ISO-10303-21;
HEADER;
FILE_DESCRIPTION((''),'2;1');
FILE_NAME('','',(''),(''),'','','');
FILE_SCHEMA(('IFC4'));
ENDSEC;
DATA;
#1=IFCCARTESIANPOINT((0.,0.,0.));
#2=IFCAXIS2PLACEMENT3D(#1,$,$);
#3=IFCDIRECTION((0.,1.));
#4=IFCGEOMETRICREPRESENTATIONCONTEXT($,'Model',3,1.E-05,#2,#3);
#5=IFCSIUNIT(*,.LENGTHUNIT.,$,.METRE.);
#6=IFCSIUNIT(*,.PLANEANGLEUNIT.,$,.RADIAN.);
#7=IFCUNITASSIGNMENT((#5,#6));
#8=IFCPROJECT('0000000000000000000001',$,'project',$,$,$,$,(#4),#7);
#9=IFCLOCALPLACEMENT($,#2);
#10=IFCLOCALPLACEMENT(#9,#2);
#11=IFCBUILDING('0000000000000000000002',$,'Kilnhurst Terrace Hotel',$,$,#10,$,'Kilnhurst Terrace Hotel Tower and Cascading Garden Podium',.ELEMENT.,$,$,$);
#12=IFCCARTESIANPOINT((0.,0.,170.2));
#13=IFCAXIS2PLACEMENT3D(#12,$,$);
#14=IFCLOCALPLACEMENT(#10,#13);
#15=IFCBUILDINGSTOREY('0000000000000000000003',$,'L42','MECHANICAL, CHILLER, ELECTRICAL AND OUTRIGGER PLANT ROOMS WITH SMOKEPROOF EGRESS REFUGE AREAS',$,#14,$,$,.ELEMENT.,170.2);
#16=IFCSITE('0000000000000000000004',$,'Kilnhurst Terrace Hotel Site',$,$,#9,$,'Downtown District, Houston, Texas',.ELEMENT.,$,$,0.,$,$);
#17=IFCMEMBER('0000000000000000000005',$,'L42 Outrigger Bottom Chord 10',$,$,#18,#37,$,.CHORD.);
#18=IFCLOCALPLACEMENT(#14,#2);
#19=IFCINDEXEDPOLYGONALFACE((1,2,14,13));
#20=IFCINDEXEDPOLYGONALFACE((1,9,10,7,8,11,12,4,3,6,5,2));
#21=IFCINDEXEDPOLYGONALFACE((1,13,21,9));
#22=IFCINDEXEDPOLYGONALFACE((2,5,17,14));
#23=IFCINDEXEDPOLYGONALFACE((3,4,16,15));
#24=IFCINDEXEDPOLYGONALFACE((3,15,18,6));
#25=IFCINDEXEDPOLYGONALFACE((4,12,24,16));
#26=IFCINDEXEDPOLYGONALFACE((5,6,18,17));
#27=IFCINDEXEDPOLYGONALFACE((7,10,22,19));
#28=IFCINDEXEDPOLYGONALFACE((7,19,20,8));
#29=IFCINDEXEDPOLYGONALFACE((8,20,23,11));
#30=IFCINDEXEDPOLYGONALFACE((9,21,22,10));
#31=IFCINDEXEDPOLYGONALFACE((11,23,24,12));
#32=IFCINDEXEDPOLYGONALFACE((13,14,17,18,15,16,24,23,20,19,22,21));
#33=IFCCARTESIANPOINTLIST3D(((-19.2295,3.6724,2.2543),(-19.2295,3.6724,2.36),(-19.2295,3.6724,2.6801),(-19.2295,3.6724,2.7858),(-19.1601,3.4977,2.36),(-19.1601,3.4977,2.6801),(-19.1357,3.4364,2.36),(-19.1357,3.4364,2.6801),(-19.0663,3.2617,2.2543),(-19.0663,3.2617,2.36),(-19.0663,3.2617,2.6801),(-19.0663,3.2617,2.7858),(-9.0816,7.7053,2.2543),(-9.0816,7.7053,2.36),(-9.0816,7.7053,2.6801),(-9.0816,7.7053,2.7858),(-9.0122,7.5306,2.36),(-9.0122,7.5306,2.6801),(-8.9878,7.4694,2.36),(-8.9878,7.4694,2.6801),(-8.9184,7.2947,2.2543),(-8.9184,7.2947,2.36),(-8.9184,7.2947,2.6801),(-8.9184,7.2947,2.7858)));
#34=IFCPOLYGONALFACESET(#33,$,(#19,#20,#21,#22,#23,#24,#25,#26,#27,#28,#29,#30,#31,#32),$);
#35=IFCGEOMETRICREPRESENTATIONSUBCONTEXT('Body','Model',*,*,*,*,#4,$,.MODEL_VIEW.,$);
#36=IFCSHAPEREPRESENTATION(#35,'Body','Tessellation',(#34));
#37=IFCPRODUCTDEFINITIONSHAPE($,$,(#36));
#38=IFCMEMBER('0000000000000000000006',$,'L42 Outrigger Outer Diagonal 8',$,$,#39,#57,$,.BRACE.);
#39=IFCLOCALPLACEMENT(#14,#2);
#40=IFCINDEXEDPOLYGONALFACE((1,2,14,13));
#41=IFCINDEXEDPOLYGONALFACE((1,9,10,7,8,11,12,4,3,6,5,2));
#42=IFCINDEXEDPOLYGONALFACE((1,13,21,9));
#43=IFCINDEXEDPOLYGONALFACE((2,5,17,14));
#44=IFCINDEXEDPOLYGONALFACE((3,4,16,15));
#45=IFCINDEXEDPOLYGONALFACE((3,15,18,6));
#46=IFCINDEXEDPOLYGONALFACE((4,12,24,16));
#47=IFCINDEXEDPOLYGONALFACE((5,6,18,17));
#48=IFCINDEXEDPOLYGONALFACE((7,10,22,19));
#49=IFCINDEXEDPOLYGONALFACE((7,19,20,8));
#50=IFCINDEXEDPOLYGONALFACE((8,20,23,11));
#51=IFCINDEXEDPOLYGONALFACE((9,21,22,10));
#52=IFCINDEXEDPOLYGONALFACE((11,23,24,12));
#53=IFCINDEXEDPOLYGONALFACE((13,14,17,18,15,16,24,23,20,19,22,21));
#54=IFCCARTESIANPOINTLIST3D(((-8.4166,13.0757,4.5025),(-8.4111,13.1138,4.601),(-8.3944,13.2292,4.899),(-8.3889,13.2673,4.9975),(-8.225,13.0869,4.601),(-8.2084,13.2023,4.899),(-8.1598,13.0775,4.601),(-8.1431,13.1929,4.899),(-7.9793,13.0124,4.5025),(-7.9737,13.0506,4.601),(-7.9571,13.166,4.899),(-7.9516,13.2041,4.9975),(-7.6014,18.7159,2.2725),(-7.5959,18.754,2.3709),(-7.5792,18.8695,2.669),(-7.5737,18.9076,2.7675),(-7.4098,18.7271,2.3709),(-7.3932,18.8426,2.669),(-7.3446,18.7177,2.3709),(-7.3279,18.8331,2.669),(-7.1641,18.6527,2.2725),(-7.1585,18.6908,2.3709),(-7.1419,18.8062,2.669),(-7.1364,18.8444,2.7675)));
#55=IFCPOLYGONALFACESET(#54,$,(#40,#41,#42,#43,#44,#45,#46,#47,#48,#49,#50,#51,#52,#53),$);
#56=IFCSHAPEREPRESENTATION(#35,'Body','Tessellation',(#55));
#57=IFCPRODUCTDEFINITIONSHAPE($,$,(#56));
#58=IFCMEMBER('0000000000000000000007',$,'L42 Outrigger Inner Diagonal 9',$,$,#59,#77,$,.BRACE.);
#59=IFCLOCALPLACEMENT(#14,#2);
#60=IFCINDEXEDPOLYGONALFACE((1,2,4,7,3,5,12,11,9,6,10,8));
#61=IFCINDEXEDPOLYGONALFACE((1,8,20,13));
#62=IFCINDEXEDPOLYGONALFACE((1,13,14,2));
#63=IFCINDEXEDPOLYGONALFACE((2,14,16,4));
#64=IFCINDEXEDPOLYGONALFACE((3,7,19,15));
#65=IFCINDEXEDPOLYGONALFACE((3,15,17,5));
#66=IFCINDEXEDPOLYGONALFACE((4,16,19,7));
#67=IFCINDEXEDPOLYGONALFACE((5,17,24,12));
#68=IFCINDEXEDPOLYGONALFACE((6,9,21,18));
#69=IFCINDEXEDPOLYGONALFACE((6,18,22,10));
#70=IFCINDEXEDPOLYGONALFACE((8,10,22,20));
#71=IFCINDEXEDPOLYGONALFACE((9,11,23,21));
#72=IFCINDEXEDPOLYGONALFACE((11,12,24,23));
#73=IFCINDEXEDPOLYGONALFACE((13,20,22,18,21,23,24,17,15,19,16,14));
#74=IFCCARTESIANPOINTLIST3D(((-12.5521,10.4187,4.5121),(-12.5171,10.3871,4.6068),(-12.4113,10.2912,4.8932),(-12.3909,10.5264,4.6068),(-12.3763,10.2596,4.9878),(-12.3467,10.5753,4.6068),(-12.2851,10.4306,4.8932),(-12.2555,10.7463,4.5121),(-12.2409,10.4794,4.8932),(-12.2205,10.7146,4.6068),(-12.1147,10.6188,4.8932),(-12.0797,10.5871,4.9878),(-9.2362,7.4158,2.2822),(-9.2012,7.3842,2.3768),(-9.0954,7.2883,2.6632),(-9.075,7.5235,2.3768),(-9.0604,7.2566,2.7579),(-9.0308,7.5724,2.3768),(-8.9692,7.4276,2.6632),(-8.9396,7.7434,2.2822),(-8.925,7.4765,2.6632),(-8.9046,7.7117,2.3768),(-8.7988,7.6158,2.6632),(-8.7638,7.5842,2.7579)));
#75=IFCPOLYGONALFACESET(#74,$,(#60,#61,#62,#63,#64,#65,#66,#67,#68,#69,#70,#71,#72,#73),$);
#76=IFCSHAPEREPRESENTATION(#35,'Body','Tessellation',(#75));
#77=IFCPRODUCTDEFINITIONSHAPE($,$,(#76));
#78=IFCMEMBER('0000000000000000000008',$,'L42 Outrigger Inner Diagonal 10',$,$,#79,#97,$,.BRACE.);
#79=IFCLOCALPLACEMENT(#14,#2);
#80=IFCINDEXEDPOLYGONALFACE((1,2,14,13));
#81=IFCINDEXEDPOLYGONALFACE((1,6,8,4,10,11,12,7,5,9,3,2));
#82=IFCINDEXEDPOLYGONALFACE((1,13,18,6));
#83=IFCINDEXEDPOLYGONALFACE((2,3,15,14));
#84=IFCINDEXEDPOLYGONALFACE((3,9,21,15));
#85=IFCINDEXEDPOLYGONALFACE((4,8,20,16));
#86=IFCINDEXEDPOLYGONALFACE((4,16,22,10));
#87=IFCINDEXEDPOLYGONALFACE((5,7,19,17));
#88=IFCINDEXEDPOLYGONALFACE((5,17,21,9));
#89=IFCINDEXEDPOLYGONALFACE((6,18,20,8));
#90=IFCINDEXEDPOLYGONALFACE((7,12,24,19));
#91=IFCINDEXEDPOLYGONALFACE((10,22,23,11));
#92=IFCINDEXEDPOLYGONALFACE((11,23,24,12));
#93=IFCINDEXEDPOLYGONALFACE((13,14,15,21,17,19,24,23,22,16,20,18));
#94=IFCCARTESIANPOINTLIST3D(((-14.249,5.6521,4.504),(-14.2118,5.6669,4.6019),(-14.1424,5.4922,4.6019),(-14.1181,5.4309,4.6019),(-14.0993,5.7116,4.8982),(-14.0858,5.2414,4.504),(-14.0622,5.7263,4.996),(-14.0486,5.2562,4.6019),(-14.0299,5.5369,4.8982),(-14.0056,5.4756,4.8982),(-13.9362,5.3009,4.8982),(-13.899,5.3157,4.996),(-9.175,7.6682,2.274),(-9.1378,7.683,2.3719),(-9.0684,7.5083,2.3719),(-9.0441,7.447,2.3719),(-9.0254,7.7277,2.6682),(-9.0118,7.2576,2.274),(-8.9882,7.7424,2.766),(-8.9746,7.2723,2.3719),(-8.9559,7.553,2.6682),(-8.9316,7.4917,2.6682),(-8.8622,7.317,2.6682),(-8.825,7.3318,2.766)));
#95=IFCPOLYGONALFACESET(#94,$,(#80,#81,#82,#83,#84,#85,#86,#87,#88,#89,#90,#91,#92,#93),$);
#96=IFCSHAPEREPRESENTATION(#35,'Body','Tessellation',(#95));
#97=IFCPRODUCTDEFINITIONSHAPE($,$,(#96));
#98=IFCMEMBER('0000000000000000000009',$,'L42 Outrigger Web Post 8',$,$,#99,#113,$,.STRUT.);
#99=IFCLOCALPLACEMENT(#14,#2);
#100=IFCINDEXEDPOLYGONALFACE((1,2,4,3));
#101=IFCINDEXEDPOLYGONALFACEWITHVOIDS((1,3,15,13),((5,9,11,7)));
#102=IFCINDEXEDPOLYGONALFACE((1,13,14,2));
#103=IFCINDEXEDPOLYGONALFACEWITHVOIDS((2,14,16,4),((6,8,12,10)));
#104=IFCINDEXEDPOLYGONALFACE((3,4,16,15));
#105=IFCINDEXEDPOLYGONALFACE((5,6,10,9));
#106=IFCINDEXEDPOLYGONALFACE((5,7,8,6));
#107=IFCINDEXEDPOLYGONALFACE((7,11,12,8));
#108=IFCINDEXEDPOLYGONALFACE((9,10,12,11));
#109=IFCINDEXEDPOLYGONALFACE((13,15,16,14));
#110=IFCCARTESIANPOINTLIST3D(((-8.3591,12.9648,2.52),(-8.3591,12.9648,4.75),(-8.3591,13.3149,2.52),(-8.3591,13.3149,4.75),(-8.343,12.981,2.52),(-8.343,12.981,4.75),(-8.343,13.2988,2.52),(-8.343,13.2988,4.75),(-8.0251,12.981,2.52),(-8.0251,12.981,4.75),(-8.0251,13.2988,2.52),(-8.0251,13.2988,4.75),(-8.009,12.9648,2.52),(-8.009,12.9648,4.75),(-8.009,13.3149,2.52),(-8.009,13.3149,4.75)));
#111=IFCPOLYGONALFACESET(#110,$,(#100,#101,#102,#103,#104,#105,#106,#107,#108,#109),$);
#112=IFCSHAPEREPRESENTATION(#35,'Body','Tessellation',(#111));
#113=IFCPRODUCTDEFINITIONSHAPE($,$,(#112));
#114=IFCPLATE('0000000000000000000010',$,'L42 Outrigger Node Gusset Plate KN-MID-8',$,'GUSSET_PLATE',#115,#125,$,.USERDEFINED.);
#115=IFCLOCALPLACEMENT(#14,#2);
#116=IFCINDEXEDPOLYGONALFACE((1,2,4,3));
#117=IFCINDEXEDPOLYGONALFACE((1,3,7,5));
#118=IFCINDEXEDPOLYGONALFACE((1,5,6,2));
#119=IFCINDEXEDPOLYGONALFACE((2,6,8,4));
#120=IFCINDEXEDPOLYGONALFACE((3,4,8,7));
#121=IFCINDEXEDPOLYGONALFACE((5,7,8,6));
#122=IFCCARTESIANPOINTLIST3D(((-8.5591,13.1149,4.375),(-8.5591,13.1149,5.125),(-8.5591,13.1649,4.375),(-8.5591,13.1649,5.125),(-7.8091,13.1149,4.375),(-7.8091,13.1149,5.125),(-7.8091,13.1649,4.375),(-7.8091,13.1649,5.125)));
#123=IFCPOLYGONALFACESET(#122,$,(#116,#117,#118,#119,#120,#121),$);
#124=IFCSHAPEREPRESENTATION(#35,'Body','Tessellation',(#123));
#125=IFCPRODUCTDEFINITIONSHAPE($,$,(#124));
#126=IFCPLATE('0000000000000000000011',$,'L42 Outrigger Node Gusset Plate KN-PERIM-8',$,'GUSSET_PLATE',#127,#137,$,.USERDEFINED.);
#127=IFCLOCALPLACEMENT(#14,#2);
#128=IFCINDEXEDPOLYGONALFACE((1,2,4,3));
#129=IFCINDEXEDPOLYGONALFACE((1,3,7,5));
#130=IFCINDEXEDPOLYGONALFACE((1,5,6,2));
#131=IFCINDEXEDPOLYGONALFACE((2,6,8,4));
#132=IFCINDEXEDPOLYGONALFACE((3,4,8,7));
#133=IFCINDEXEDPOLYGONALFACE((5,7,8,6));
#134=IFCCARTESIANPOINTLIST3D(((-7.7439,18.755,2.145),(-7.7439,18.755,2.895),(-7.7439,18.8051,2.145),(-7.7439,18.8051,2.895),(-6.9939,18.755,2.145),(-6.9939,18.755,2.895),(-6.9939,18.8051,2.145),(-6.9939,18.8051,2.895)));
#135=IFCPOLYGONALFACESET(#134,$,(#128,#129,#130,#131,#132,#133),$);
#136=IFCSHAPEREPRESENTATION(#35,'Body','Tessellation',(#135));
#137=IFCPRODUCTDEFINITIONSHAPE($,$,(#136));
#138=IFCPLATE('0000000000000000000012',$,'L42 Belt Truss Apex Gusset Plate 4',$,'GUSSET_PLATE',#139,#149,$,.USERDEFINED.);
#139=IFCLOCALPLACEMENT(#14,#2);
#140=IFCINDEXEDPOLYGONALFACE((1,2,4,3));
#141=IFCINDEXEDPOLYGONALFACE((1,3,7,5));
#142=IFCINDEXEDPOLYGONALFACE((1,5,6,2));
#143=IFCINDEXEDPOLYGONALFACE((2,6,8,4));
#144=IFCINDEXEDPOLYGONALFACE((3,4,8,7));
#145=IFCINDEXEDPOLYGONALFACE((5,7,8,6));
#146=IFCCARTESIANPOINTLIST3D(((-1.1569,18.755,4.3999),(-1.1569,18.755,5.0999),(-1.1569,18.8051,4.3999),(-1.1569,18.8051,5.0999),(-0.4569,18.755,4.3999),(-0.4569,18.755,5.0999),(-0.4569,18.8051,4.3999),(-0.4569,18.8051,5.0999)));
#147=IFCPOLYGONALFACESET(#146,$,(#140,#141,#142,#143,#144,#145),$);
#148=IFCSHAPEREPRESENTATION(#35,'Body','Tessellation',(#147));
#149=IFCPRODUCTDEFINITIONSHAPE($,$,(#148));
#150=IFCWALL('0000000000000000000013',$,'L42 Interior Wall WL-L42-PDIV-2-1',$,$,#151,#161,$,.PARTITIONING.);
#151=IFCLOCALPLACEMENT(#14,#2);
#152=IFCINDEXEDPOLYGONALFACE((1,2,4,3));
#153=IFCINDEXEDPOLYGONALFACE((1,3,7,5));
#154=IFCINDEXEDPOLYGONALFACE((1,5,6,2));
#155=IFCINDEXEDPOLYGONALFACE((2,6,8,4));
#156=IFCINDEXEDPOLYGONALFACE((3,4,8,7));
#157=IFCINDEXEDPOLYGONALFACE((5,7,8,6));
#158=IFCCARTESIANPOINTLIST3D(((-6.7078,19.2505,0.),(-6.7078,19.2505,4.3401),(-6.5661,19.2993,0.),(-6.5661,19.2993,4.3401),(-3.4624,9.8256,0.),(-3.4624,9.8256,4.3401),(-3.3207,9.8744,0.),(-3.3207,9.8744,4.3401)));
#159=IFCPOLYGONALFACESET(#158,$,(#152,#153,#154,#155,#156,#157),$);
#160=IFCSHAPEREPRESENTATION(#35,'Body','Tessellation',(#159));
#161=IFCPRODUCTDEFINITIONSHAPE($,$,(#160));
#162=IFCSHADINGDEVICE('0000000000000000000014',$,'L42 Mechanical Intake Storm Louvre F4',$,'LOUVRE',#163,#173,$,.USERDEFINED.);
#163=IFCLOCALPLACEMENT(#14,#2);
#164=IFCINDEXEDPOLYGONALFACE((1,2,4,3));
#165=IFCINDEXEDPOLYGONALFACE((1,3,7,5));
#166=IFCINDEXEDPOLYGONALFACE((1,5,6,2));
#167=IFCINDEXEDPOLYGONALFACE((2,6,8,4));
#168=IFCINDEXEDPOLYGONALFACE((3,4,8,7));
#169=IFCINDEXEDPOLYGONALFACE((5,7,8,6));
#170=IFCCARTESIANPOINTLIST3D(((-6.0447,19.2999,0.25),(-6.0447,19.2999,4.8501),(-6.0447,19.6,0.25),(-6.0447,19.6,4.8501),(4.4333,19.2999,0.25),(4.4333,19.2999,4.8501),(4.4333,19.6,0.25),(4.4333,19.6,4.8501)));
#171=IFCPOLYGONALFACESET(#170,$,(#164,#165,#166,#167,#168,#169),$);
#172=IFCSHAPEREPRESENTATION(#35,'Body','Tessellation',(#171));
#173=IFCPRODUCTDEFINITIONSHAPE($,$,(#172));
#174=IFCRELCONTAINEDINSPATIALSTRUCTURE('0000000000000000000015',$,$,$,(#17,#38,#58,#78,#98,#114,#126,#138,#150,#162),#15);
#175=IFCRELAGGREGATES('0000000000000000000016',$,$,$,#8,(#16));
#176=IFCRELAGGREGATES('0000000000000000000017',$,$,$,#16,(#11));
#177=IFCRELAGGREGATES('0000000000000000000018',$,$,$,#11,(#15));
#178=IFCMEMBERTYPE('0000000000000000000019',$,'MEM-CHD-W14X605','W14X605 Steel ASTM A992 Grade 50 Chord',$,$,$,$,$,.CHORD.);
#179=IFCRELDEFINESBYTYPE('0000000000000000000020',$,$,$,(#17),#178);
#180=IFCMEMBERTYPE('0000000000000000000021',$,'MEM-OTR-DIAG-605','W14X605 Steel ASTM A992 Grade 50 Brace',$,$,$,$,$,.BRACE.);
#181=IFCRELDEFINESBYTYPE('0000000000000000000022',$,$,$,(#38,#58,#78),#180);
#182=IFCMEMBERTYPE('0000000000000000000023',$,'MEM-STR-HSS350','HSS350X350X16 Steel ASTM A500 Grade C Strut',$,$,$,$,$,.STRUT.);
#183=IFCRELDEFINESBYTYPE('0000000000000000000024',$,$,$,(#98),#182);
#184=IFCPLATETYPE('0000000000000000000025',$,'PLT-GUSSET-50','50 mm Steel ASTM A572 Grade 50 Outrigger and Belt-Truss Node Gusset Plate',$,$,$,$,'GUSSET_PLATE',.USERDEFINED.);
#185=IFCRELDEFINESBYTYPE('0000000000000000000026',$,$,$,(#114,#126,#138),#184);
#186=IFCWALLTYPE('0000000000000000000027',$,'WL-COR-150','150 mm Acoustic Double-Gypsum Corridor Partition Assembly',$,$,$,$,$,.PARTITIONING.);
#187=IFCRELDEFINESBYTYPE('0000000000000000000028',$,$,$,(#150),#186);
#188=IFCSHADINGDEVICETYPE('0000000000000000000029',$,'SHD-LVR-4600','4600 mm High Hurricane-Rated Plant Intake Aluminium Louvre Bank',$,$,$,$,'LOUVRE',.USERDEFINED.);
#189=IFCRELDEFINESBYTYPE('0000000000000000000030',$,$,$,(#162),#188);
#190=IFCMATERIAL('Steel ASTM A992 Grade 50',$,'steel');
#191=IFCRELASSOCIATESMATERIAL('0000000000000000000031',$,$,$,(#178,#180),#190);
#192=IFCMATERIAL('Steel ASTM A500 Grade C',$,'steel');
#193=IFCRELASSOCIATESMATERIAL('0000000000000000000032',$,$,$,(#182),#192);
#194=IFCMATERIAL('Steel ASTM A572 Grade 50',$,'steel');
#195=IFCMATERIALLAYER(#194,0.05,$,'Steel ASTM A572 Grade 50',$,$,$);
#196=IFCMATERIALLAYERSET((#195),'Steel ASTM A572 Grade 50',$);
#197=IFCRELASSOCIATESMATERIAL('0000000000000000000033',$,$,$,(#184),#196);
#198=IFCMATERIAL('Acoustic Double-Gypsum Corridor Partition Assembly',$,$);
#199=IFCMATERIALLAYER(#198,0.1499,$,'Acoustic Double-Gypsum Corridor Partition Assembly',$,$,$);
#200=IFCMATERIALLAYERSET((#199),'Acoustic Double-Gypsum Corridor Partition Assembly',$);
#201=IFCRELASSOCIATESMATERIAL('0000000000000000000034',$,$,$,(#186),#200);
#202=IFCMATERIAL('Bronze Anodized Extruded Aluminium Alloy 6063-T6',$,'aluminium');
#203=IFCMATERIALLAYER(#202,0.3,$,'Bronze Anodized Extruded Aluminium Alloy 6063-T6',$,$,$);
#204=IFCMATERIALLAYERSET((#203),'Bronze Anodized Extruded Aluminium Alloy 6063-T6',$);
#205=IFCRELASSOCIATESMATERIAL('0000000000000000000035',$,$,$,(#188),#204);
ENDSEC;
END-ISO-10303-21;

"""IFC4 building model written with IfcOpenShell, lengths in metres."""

from ifc_helpers import new_model, si_unit, direction, frame, frame_2d, origin, origin_2d, place, context, subcontext, project, spatial, rectangle, hollow_rectangle, i_section, extrude, material, layer, layer_set, material_profile, profile_set, type_object, element, save


model = new_model("IFC4")

# Units and contexts
model_context = context("Model", 3, precision=1e-05, world=origin(), true_north=direction((0.0, 1.0)))
body_context = subcontext(model_context, "Body", "Model", "MODEL_VIEW")
ifc_project = project(units=[si_unit("LENGTHUNIT", "METRE"), si_unit("PLANEANGLEUNIT", "RADIAN")], contexts=[model_context])

# Site, building, storey
site_placement = place(None, origin())
site = spatial("IfcSite", under=ifc_project, at=site_placement, Name="Kilnhurst Terrace Hotel Site", LongName="Downtown District, Houston, Texas", CompositionType="ELEMENT", RefElevation=0.0)
building_placement = place(site_placement, origin())
building = spatial("IfcBuilding", under=site, at=building_placement, Name="Kilnhurst Terrace Hotel", LongName="Kilnhurst Terrace Hotel Tower and Cascading Garden Podium", CompositionType="ELEMENT")
storey_placement = place(building_placement, frame((0.0, 0.0, 170.2)))
storey = spatial("IfcBuildingStorey", under=building, at=storey_placement, Name="L42", Description="MECHANICAL, CHILLER, ELECTRICAL AND OUTRIGGER PLANT ROOMS WITH SMOKEPROOF EGRESS REFUGE AREAS", CompositionType="ELEMENT", Elevation=170.2)

# Shared definitions
ifc_material_1 = material(Name="Steel ASTM A992 Grade 50", Category="steel")

# Members
ifc_material_2 = material(Name="Steel ASTM A500 Grade C", Category="steel")
ifc_material_profile_1 = material_profile(ifc_material_1, i_section(OverallWidth=0.4419, OverallDepth=0.5315, WebThickness=0.0659, FlangeThickness=0.1057, at=origin_2d()), Name="W14X605")
ifc_profile_set_1 = profile_set([ifc_material_profile_1], Name="Steel ASTM A992 Grade 50")
member_type_1 = type_object("IfcMemberType", Name="MEM-CHD-W14X605", Description="W14X605 Steel ASTM A992 Grade 50 Chord", PredefinedType="CHORD", material=ifc_profile_set_1)
member_1_placement = place(storey_placement, frame((-9.0, 7.5, 2.52), z_axis=(-0.929302, -0.36932, 0.0), x_axis=(0.36932, -0.929302, 0.0)))
element("IfcMember", 1, at=member_1_placement, inside=storey, type_object=member_type_1, Name="L42 Outrigger Bottom Chord 10", PredefinedType="CHORD", context=body_context, shape_type="SweptSolid", body=[
    extrude(i_section(OverallWidth=0.4419, OverallDepth=0.5315, WebThickness=0.0659, FlangeThickness=0.1057, at=origin_2d()), origin(), (0.0, 0.0, 1.0), 10.9199),
])
ifc_material_profile_2 = material_profile(ifc_material_1, i_section(OverallWidth=0.4419, OverallDepth=0.5315, WebThickness=0.0659, FlangeThickness=0.1057, at=origin_2d()), Name="W14X605")
ifc_profile_set_2 = profile_set([ifc_material_profile_2], Name="Steel ASTM A992 Grade 50")
member_type_2 = type_object("IfcMemberType", Name="MEM-OTR-DIAG-605", Description="W14X605 Steel ASTM A992 Grade 50 Brace", PredefinedType="BRACE", material=ifc_profile_set_2)
member_2_placement = place(storey_placement, frame((-8.1841, 13.1399, 4.75), z_axis=(0.133211, 0.921664, -0.364405), x_axis=(-0.989716, 0.143047, 0.0)))
element("IfcMember", 2, at=member_2_placement, inside=storey, type_object=member_type_2, Name="L42 Outrigger Outer Diagonal 8", PredefinedType="BRACE", context=body_context, shape_type="SweptSolid", body=[
    extrude(i_section(OverallWidth=0.4419, OverallDepth=0.5315, WebThickness=0.0659, FlangeThickness=0.1057, at=origin_2d()), origin(), (0.0, 0.0, 1.0), 6.1196),
])
member_3_placement = place(storey_placement, frame((-9.0, 7.5, 2.52), z_axis=(-0.663373, 0.600758, 0.446124), x_axis=(-0.671259, -0.741223, 0.0)))
element("IfcMember", 3, at=member_3_placement, inside=storey, type_object=member_type_2, Name="L42 Outrigger Inner Diagonal 9", PredefinedType="BRACE", context=body_context, shape_type="SweptSolid", body=[
    extrude(i_section(OverallWidth=0.4419, OverallDepth=0.5315, WebThickness=0.0659, FlangeThickness=0.1057, at=origin_2d()), origin(), (0.0, 0.0, 1.0), 4.9985),
])
member_4_placement = place(storey_placement, frame((-9.0, 7.5, 2.52), z_axis=(-0.860333, -0.341848, 0.378111), x_axis=(0.369262, -0.929325, 0.0)))
element("IfcMember", 4, at=member_4_placement, inside=storey, type_object=member_type_2, Name="L42 Outrigger Inner Diagonal 10", PredefinedType="BRACE", context=body_context, shape_type="SweptSolid", body=[
    extrude(i_section(OverallWidth=0.4419, OverallDepth=0.5315, WebThickness=0.0659, FlangeThickness=0.1057, at=origin_2d()), origin(), (0.0, 0.0, 1.0), 5.8977),
])
ifc_material_profile_3 = material_profile(ifc_material_2, hollow_rectangle(XDim=0.3501, YDim=0.3501, WallThickness=0.0161, at=origin_2d()), Name="HSS350X350X16")
ifc_profile_set_3 = profile_set([ifc_material_profile_3], Name="Steel ASTM A500 Grade C")
member_type_3 = type_object("IfcMemberType", Name="MEM-STR-HSS350", Description="HSS350X350X16 Steel ASTM A500 Grade C Strut", PredefinedType="STRUT", material=ifc_profile_set_3)
member_5_placement = place(storey_placement, frame((-8.1841, 13.1399, 2.52), z_axis=(0.0, 0.0, 1.0), x_axis=(1.0, 0.0, 0.0)))
element("IfcMember", 5, at=member_5_placement, inside=storey, type_object=member_type_3, Name="L42 Outrigger Web Post 8", PredefinedType="STRUT", context=body_context, shape_type="SweptSolid", body=[
    extrude(hollow_rectangle(XDim=0.3501, YDim=0.3501, WallThickness=0.0161, at=origin_2d()), origin(), (0.0, 0.0, 1.0), 2.23),
])

# Plates
ifc_material_3 = material(Name="Steel ASTM A572 Grade 50", Category="steel")
ifc_layer_1 = layer(ifc_material_3, 0.05, Name="Steel ASTM A572 Grade 50")
ifc_layer_set_1 = layer_set([ifc_layer_1], Name="Steel ASTM A572 Grade 50")
plate_type = type_object("IfcPlateType", Name="PLT-GUSSET-50", Description="50 mm Steel ASTM A572 Grade 50 Outrigger and Belt-Truss Node Gusset Plate", ElementType="GUSSET_PLATE", PredefinedType="USERDEFINED", material=ifc_layer_set_1)
for number, where, z_axis, x_axis, name in (
    (6, (-8.1841, 13.1399, 4.375), (0.0, 0.0, 1.0), (1.0, 0.0, 0.0), "L42 Outrigger Node Gusset Plate KN-MID-8"),
    (7, (-7.3689, 18.78, 2.145), (0.0, 0.0, 1.0), (1.0, 0.0, 0.0), "L42 Outrigger Node Gusset Plate KN-PERIM-8"),
):
    element("IfcPlate", number, at=place(storey_placement, frame(where, z_axis=z_axis, x_axis=x_axis)), inside=storey, type_object=plate_type, Name=name, ObjectType="GUSSET_PLATE", PredefinedType="USERDEFINED", context=body_context, shape_type="SweptSolid", body=[
        extrude(rectangle(XDim=0.75, YDim=0.05, at=origin_2d()), origin(), (0.0, 0.0, 1.0), 0.75),
    ])
plate_placement = place(storey_placement, frame((-0.8069, 18.78, 4.3999), z_axis=(0.0, 0.0, 1.0), x_axis=(1.0, 0.0, 0.0)))
element("IfcPlate", 8, at=plate_placement, inside=storey, type_object=plate_type, Name="L42 Belt Truss Apex Gusset Plate 4", ObjectType="GUSSET_PLATE", PredefinedType="USERDEFINED", context=body_context, shape_type="SweptSolid", body=[
    extrude(rectangle(XDim=0.7, YDim=0.05, at=origin_2d()), origin(), (0.0, 0.0, 1.0), 0.7),
])

# Wall
ifc_material_4 = material(Name="Acoustic Double-Gypsum Corridor Partition Assembly")
ifc_layer_2 = layer(ifc_material_4, 0.1499, Name="Acoustic Double-Gypsum Corridor Partition Assembly")
ifc_layer_set_2 = layer_set([ifc_layer_2], Name="Acoustic Double-Gypsum Corridor Partition Assembly")
wall_type = type_object("IfcWallType", Name="WL-COR-150", Description="150 mm Acoustic Double-Gypsum Corridor Partition Assembly", PredefinedType="PARTITIONING", material=ifc_layer_set_2)
wall_placement = place(storey_placement, frame((-3.3916, 9.8501, 0.0), z_axis=(0.0, 0.0, 1.0), x_axis=(-0.325581, 0.945514, 0.0)))
element("IfcWall", 9, at=wall_placement, inside=storey, type_object=wall_type, Name="L42 Interior Wall WL-L42-PDIV-2-1", PredefinedType="PARTITIONING", context=body_context, shape_type="SweptSolid", body=[
    extrude(rectangle(XDim=9.968, YDim=0.1499, at=frame_2d((4.9839, 0.0))), origin(), (0.0, 0.0, 1.0), 4.3401),
])

# Shading device
ifc_material_5 = material(Name="Bronze Anodized Extruded Aluminium Alloy 6063-T6", Category="aluminium")
ifc_layer_3 = layer(ifc_material_5, 0.3, Name="Bronze Anodized Extruded Aluminium Alloy 6063-T6")
ifc_layer_set_3 = layer_set([ifc_layer_3], Name="Bronze Anodized Extruded Aluminium Alloy 6063-T6")
shading_device_type = type_object("IfcShadingDeviceType", Name="SHD-LVR-4600", Description="4600 mm High Hurricane-Rated Plant Intake Aluminium Louvre Bank", ElementType="LOUVRE", PredefinedType="USERDEFINED", material=ifc_layer_set_3)
shading_device_placement = place(storey_placement, frame((-0.8057, 19.45, 0.25), z_axis=(0.0, 0.0, 1.0), x_axis=(-1.0, 0.0, 0.0)))
element("IfcShadingDevice", 10, at=shading_device_placement, inside=storey, type_object=shading_device_type, Name="L42 Mechanical Intake Storm Louvre F4", ObjectType="LOUVRE", PredefinedType="USERDEFINED", context=body_context, shape_type="SweptSolid", body=[
    extrude(rectangle(XDim=10.478, YDim=0.3, at=origin_2d()), origin(), (0.0, 0.0, 1.0), 4.6001),
])

save(model, "model.ifc")
